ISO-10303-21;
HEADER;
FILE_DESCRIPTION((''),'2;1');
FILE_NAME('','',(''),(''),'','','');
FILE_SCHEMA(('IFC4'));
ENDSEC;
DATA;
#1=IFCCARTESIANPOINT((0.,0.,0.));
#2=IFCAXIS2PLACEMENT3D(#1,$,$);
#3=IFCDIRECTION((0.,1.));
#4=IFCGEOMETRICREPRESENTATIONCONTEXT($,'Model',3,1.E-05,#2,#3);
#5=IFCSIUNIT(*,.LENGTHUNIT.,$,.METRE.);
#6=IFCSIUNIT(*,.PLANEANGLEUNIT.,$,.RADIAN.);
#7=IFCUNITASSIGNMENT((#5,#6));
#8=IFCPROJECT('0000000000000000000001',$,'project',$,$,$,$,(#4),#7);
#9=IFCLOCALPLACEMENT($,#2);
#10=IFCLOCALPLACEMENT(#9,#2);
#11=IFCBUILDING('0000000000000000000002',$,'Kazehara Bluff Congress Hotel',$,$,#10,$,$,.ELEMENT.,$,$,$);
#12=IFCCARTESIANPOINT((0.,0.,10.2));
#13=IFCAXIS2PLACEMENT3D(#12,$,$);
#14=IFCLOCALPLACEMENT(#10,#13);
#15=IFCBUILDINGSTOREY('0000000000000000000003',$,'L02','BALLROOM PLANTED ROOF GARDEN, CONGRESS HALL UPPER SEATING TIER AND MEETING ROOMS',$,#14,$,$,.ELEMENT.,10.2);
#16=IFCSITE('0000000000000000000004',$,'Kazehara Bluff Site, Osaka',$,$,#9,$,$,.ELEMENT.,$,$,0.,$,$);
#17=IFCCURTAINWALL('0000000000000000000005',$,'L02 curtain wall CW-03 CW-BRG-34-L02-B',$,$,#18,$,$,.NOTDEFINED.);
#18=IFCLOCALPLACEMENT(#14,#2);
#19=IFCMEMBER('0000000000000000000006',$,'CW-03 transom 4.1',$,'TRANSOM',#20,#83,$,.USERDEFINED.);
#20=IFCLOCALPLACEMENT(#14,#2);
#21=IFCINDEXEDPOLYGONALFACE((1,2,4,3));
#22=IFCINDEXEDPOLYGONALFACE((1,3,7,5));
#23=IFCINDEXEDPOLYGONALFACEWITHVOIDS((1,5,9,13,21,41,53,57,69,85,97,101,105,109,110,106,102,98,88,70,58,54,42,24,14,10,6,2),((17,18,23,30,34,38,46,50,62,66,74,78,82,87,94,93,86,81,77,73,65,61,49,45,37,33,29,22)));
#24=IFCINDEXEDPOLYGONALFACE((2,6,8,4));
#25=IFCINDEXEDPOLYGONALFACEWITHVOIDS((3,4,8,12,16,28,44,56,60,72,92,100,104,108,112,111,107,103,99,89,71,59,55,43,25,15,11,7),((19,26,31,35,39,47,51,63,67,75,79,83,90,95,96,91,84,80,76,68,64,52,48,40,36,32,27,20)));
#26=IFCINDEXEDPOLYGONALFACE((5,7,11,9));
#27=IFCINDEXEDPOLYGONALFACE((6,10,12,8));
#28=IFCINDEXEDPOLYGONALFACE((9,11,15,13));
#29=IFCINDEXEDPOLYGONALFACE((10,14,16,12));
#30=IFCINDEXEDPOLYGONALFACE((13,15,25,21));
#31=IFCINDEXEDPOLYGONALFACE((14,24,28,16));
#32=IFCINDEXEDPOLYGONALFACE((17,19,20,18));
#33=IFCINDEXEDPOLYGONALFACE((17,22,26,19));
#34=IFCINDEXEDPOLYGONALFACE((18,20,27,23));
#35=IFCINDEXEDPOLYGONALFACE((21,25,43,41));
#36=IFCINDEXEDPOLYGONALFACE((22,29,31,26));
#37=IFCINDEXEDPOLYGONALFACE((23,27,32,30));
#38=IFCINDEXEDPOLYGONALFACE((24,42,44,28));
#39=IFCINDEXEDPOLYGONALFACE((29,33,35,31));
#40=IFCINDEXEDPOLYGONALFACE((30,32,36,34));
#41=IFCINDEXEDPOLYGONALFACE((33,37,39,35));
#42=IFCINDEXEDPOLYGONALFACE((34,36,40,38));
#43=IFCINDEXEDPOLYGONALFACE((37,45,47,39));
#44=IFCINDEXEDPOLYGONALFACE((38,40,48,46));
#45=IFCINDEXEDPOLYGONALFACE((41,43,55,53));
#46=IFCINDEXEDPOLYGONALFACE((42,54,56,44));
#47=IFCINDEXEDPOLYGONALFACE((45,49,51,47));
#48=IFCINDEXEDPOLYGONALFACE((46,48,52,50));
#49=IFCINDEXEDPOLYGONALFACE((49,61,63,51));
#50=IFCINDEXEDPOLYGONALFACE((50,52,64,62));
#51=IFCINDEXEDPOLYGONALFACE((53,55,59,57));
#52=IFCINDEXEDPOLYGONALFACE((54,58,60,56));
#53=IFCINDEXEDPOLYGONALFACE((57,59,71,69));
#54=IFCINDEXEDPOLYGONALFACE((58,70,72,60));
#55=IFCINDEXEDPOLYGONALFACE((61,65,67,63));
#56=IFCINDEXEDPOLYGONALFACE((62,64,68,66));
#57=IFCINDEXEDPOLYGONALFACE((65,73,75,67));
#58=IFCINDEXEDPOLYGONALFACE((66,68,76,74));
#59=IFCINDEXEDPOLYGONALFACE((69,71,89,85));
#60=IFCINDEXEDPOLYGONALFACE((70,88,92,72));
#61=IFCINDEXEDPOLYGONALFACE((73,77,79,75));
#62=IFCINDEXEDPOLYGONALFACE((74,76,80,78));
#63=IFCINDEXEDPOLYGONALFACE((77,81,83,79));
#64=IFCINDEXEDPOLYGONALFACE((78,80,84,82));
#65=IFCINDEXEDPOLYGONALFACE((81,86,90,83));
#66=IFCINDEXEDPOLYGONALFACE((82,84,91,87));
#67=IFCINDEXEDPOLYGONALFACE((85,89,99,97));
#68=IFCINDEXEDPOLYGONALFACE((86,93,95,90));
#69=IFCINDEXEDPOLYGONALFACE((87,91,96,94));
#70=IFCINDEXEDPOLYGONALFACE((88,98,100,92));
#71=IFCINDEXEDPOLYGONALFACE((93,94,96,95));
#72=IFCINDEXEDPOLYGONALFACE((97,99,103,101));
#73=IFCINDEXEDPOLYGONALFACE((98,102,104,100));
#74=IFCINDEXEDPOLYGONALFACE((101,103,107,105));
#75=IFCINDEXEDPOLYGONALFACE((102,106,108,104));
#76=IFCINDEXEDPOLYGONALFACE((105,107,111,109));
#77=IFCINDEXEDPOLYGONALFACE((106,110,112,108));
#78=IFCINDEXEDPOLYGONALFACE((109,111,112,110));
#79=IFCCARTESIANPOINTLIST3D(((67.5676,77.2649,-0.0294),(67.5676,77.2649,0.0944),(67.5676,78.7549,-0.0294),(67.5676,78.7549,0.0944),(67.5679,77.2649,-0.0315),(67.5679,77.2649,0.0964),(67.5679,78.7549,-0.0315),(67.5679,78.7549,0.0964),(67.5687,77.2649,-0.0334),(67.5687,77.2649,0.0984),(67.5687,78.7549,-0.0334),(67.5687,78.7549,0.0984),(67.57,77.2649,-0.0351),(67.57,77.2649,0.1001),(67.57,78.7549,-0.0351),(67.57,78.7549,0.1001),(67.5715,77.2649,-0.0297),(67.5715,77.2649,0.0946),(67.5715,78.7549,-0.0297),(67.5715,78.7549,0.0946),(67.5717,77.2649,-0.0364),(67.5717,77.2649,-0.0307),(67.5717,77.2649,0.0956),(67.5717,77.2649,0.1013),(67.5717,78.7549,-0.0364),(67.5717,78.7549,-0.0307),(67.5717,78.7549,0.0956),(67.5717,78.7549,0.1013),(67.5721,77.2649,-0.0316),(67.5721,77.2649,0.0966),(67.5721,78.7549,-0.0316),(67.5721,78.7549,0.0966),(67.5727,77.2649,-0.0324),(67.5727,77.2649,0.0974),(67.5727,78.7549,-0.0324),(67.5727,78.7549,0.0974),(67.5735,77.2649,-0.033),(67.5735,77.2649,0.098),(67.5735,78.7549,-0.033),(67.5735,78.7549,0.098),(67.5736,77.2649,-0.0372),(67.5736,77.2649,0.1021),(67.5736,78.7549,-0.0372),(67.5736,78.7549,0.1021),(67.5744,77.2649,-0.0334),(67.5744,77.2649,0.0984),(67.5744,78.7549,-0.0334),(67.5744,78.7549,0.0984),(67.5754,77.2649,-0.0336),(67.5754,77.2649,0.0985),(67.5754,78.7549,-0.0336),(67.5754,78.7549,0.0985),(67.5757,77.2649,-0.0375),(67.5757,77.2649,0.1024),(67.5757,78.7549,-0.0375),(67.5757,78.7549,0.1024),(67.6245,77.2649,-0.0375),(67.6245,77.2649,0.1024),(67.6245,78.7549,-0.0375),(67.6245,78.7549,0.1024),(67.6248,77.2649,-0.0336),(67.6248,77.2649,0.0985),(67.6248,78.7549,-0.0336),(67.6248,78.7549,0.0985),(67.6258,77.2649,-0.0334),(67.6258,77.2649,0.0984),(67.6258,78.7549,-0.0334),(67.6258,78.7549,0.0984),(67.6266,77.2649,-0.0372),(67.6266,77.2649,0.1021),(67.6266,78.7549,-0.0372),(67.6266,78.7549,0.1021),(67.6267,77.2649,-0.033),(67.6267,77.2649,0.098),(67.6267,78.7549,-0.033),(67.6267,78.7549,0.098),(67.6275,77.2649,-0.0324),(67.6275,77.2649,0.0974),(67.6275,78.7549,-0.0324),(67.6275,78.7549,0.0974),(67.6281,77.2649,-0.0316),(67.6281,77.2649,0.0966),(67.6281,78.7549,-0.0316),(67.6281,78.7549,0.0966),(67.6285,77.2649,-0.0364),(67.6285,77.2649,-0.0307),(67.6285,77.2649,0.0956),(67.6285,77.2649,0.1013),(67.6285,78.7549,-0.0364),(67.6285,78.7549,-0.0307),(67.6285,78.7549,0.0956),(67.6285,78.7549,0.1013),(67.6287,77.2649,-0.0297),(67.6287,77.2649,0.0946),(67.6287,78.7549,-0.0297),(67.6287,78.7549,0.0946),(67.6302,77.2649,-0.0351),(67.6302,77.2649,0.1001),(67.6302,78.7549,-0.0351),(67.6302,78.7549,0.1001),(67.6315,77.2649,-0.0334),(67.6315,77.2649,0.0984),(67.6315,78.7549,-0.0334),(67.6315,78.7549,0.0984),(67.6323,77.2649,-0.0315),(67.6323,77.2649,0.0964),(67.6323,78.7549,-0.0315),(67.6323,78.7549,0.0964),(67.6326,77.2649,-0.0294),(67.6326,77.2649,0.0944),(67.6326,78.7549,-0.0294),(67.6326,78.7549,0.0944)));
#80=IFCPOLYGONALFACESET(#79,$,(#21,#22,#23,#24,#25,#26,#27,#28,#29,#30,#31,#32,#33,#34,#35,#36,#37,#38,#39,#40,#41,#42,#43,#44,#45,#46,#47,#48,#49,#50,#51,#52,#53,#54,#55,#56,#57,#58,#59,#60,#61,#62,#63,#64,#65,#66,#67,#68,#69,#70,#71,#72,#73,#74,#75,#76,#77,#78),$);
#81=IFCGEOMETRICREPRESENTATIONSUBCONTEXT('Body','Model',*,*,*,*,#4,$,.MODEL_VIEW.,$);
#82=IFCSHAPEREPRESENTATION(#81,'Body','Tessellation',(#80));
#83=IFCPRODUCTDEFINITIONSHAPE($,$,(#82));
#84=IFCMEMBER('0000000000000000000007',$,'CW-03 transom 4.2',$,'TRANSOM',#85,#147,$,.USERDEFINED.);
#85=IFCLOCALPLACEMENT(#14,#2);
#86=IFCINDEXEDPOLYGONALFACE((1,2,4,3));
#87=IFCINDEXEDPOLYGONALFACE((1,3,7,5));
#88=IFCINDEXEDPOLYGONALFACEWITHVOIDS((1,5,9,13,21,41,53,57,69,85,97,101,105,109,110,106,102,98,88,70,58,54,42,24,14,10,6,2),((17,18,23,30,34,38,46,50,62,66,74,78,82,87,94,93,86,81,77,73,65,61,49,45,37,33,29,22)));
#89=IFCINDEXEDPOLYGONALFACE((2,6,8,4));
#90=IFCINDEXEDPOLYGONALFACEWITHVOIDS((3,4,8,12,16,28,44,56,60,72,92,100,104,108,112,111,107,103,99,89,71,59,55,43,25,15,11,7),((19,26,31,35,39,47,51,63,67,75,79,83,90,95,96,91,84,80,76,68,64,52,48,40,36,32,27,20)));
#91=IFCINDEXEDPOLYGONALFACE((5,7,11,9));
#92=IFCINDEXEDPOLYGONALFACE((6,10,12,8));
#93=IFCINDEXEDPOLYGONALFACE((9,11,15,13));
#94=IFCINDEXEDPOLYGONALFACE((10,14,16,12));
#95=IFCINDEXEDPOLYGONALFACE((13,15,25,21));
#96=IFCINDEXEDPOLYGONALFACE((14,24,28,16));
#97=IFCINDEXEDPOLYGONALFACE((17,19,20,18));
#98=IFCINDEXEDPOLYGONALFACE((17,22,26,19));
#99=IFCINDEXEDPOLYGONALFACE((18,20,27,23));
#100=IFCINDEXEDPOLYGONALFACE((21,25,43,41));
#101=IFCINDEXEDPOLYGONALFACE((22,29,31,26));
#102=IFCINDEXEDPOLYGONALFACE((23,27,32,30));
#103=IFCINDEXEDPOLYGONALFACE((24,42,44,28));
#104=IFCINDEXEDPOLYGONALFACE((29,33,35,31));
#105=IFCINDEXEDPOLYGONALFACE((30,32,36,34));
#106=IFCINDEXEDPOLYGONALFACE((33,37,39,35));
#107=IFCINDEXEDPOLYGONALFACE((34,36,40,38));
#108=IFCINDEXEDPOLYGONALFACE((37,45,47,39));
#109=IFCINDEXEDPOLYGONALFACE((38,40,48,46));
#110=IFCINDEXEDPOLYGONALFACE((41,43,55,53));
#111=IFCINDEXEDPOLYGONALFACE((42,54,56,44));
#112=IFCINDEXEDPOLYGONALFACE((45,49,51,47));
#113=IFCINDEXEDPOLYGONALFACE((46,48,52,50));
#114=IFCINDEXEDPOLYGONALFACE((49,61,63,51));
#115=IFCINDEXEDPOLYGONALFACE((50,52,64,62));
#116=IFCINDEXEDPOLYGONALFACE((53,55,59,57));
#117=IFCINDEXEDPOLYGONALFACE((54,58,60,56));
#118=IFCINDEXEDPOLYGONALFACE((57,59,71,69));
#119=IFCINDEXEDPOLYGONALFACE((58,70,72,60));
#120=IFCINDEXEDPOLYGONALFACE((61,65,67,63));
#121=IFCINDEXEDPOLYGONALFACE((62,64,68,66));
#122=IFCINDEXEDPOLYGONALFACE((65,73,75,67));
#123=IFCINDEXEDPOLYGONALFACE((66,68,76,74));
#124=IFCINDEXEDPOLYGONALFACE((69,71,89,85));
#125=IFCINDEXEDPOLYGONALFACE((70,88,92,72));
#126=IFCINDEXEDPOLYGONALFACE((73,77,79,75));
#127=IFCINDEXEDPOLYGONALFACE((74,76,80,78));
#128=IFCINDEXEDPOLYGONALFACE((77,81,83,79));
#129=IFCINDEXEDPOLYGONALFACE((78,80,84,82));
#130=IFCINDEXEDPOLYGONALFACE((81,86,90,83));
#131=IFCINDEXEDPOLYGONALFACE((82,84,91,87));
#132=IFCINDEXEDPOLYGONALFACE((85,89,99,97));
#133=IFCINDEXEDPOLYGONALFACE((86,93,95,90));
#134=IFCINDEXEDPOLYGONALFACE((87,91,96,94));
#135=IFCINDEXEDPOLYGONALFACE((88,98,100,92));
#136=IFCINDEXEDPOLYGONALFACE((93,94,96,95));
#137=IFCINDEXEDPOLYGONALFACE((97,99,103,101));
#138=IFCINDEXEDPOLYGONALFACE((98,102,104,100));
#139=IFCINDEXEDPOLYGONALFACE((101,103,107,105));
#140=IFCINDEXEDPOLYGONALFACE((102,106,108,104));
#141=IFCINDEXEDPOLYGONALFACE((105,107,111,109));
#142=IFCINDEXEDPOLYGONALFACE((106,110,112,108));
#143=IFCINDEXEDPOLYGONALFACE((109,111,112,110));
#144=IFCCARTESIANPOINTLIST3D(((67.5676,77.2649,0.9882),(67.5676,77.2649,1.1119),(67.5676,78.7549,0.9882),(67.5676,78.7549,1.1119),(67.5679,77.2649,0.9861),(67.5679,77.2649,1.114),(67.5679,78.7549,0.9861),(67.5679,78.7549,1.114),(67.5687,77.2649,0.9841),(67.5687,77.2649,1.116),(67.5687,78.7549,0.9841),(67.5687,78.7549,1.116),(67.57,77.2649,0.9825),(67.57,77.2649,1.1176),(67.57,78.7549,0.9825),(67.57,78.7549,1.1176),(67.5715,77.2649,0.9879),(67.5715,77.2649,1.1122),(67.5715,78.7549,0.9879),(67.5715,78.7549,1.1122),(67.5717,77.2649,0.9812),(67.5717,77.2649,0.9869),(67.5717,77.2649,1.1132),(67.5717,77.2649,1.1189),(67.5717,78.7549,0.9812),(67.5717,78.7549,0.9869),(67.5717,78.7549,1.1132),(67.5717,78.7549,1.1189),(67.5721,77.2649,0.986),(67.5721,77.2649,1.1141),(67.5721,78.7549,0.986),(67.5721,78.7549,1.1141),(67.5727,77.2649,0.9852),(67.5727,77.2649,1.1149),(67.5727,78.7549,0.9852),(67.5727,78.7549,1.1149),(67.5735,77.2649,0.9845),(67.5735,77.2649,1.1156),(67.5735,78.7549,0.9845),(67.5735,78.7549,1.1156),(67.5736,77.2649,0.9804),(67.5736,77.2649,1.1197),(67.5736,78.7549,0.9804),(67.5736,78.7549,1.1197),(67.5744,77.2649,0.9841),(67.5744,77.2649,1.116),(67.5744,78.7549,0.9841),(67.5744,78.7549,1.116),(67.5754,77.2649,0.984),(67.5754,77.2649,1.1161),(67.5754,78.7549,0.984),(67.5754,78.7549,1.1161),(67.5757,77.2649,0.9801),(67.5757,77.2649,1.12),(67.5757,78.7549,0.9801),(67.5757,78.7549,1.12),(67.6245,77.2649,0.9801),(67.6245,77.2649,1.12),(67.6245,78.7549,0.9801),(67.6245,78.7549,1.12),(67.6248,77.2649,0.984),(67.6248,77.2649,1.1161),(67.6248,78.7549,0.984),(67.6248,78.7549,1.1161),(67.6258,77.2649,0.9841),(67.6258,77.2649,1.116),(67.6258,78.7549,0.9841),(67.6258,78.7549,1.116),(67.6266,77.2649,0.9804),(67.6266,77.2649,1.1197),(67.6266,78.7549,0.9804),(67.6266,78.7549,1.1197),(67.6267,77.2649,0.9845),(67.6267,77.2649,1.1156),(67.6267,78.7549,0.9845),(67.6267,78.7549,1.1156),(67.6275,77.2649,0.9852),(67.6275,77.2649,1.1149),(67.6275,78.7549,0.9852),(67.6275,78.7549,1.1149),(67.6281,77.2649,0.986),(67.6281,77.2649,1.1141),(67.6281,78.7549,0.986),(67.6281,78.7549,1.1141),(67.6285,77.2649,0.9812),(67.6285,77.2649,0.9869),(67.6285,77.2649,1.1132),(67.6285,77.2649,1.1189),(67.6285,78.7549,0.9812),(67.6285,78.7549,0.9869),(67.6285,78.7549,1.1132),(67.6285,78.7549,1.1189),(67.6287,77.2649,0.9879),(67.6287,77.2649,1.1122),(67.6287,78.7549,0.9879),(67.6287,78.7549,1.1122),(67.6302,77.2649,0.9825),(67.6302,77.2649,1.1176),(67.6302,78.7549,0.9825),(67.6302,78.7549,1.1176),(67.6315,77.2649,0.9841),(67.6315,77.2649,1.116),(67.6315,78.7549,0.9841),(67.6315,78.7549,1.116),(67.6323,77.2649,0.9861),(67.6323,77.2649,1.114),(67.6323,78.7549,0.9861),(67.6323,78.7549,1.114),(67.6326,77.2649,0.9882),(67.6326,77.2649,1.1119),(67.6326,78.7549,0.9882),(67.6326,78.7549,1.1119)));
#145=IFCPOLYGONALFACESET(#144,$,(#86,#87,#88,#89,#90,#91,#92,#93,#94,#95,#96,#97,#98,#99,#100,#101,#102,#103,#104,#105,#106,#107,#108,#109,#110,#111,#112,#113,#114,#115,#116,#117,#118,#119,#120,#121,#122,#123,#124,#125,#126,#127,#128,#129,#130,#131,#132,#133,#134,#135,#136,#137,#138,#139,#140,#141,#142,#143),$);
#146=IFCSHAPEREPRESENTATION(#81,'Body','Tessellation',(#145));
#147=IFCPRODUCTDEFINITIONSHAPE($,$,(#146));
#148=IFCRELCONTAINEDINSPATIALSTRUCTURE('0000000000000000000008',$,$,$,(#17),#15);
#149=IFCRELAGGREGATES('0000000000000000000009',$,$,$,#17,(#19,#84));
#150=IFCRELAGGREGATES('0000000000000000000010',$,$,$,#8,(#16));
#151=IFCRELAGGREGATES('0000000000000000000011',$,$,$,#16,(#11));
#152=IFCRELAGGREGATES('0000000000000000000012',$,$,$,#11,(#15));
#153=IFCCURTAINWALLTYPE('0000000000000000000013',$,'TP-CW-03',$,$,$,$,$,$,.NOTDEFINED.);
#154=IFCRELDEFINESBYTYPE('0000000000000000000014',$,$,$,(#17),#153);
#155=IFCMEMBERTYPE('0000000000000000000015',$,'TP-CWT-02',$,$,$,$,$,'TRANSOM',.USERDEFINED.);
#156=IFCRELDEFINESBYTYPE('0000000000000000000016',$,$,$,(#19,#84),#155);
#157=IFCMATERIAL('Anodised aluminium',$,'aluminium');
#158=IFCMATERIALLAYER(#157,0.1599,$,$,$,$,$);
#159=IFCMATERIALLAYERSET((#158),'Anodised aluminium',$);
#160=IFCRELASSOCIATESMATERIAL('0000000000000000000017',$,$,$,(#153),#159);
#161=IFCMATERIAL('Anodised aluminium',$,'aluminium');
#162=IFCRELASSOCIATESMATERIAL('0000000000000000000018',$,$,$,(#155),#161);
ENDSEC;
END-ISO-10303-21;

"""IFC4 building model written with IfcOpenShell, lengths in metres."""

from ifc_helpers import new_model, si_unit, direction, frame, origin, origin_2d, place, context, subcontext, project, spatial, hollow_rectangle, extrude, material, layer, layer_set, material_profile, profile_set, type_object, element, aggregate, save


model = new_model("IFC4")

# Units and contexts
model_context = context("Model", 3, precision=1e-05, world=origin(), true_north=direction((0.0, 1.0)))
body_context = subcontext(model_context, "Body", "Model", "MODEL_VIEW")
ifc_project = project(units=[si_unit("LENGTHUNIT", "METRE"), si_unit("PLANEANGLEUNIT", "RADIAN")], contexts=[model_context])

# Site, building, storey
site_placement = place(None, origin())
site = spatial("IfcSite", under=ifc_project, at=site_placement, Name="Kazehara Bluff Site, Osaka", CompositionType="ELEMENT", RefElevation=0.0)
building_placement = place(site_placement, origin())
building = spatial("IfcBuilding", under=site, at=building_placement, Name="Kazehara Bluff Congress Hotel", CompositionType="ELEMENT")
storey_placement = place(building_placement, frame((0.0, 0.0, 10.2)))
storey = spatial("IfcBuildingStorey", under=building, at=storey_placement, Name="L02", Description="BALLROOM PLANTED ROOF GARDEN, CONGRESS HALL UPPER SEATING TIER AND MEETING ROOMS", CompositionType="ELEMENT", Elevation=10.2)

# Curtain wall
ifc_material_1 = material(Name="Anodised aluminium", Category="aluminium")
ifc_layer_1 = layer(ifc_material_1, 0.1599)
ifc_layer_set_1 = layer_set([ifc_layer_1], Name="Anodised aluminium")
curtain_wall_type_1 = type_object("IfcCurtainWallType", Name="TP-CW-03", PredefinedType="NOTDEFINED", material=ifc_layer_set_1)
curtain_wall_1_placement = place(storey_placement, origin())
curtain_wall_1 = element("IfcCurtainWall", 1, at=curtain_wall_1_placement, inside=storey, type_object=curtain_wall_type_1, Name="L02 curtain wall CW-03 CW-BRG-34-L02-B", PredefinedType="NOTDEFINED")

# Members
ifc_material_2 = material(Name="Anodised aluminium", Category="aluminium")
ifc_material_profile_1 = material_profile(ifc_material_2, hollow_rectangle(XDim=0.0649, YDim=0.1399, WallThickness=0.0039, InnerFilletRadius=0.0039, OuterFilletRadius=0.0081, at=origin_2d()))
ifc_profile_set_1 = profile_set([ifc_material_profile_1], Name="Anodised aluminium")
member_type_1 = type_object("IfcMemberType", Name="TP-CWT-02", ElementType="TRANSOM", PredefinedType="USERDEFINED", material=ifc_profile_set_1)
member_1_placement = place(storey_placement, frame((67.6001, 77.2649, 0.0325), z_axis=(0.0, 1.0, 0.0), x_axis=(-1.0, 0.0, 0.0)))
member_1 = element("IfcMember", 2, at=member_1_placement, type_object=member_type_1, Name="CW-03 transom 4.1", ObjectType="TRANSOM", PredefinedType="USERDEFINED", context=body_context, shape_type="SweptSolid", body=[
    extrude(hollow_rectangle(XDim=0.0649, YDim=0.1399, WallThickness=0.0039, InnerFilletRadius=0.0039, OuterFilletRadius=0.0081, at=origin_2d()), origin(), (0.0, 0.0, 1.0), 1.49),
])
member_2_placement = place(storey_placement, frame((67.6001, 77.2649, 1.05), z_axis=(0.0, 1.0, 0.0), x_axis=(-1.0, 0.0, 0.0)))
member_2 = element("IfcMember", 3, at=member_2_placement, type_object=member_type_1, Name="CW-03 transom 4.2", ObjectType="TRANSOM", PredefinedType="USERDEFINED", context=body_context, shape_type="SweptSolid", body=[
    extrude(hollow_rectangle(XDim=0.0649, YDim=0.1399, WallThickness=0.0039, InnerFilletRadius=0.0039, OuterFilletRadius=0.0081, at=origin_2d()), origin(), (0.0, 0.0, 1.0), 1.49),
])

aggregate(curtain_wall_1, [member_1, member_2])

save(model, "model.ifc")
